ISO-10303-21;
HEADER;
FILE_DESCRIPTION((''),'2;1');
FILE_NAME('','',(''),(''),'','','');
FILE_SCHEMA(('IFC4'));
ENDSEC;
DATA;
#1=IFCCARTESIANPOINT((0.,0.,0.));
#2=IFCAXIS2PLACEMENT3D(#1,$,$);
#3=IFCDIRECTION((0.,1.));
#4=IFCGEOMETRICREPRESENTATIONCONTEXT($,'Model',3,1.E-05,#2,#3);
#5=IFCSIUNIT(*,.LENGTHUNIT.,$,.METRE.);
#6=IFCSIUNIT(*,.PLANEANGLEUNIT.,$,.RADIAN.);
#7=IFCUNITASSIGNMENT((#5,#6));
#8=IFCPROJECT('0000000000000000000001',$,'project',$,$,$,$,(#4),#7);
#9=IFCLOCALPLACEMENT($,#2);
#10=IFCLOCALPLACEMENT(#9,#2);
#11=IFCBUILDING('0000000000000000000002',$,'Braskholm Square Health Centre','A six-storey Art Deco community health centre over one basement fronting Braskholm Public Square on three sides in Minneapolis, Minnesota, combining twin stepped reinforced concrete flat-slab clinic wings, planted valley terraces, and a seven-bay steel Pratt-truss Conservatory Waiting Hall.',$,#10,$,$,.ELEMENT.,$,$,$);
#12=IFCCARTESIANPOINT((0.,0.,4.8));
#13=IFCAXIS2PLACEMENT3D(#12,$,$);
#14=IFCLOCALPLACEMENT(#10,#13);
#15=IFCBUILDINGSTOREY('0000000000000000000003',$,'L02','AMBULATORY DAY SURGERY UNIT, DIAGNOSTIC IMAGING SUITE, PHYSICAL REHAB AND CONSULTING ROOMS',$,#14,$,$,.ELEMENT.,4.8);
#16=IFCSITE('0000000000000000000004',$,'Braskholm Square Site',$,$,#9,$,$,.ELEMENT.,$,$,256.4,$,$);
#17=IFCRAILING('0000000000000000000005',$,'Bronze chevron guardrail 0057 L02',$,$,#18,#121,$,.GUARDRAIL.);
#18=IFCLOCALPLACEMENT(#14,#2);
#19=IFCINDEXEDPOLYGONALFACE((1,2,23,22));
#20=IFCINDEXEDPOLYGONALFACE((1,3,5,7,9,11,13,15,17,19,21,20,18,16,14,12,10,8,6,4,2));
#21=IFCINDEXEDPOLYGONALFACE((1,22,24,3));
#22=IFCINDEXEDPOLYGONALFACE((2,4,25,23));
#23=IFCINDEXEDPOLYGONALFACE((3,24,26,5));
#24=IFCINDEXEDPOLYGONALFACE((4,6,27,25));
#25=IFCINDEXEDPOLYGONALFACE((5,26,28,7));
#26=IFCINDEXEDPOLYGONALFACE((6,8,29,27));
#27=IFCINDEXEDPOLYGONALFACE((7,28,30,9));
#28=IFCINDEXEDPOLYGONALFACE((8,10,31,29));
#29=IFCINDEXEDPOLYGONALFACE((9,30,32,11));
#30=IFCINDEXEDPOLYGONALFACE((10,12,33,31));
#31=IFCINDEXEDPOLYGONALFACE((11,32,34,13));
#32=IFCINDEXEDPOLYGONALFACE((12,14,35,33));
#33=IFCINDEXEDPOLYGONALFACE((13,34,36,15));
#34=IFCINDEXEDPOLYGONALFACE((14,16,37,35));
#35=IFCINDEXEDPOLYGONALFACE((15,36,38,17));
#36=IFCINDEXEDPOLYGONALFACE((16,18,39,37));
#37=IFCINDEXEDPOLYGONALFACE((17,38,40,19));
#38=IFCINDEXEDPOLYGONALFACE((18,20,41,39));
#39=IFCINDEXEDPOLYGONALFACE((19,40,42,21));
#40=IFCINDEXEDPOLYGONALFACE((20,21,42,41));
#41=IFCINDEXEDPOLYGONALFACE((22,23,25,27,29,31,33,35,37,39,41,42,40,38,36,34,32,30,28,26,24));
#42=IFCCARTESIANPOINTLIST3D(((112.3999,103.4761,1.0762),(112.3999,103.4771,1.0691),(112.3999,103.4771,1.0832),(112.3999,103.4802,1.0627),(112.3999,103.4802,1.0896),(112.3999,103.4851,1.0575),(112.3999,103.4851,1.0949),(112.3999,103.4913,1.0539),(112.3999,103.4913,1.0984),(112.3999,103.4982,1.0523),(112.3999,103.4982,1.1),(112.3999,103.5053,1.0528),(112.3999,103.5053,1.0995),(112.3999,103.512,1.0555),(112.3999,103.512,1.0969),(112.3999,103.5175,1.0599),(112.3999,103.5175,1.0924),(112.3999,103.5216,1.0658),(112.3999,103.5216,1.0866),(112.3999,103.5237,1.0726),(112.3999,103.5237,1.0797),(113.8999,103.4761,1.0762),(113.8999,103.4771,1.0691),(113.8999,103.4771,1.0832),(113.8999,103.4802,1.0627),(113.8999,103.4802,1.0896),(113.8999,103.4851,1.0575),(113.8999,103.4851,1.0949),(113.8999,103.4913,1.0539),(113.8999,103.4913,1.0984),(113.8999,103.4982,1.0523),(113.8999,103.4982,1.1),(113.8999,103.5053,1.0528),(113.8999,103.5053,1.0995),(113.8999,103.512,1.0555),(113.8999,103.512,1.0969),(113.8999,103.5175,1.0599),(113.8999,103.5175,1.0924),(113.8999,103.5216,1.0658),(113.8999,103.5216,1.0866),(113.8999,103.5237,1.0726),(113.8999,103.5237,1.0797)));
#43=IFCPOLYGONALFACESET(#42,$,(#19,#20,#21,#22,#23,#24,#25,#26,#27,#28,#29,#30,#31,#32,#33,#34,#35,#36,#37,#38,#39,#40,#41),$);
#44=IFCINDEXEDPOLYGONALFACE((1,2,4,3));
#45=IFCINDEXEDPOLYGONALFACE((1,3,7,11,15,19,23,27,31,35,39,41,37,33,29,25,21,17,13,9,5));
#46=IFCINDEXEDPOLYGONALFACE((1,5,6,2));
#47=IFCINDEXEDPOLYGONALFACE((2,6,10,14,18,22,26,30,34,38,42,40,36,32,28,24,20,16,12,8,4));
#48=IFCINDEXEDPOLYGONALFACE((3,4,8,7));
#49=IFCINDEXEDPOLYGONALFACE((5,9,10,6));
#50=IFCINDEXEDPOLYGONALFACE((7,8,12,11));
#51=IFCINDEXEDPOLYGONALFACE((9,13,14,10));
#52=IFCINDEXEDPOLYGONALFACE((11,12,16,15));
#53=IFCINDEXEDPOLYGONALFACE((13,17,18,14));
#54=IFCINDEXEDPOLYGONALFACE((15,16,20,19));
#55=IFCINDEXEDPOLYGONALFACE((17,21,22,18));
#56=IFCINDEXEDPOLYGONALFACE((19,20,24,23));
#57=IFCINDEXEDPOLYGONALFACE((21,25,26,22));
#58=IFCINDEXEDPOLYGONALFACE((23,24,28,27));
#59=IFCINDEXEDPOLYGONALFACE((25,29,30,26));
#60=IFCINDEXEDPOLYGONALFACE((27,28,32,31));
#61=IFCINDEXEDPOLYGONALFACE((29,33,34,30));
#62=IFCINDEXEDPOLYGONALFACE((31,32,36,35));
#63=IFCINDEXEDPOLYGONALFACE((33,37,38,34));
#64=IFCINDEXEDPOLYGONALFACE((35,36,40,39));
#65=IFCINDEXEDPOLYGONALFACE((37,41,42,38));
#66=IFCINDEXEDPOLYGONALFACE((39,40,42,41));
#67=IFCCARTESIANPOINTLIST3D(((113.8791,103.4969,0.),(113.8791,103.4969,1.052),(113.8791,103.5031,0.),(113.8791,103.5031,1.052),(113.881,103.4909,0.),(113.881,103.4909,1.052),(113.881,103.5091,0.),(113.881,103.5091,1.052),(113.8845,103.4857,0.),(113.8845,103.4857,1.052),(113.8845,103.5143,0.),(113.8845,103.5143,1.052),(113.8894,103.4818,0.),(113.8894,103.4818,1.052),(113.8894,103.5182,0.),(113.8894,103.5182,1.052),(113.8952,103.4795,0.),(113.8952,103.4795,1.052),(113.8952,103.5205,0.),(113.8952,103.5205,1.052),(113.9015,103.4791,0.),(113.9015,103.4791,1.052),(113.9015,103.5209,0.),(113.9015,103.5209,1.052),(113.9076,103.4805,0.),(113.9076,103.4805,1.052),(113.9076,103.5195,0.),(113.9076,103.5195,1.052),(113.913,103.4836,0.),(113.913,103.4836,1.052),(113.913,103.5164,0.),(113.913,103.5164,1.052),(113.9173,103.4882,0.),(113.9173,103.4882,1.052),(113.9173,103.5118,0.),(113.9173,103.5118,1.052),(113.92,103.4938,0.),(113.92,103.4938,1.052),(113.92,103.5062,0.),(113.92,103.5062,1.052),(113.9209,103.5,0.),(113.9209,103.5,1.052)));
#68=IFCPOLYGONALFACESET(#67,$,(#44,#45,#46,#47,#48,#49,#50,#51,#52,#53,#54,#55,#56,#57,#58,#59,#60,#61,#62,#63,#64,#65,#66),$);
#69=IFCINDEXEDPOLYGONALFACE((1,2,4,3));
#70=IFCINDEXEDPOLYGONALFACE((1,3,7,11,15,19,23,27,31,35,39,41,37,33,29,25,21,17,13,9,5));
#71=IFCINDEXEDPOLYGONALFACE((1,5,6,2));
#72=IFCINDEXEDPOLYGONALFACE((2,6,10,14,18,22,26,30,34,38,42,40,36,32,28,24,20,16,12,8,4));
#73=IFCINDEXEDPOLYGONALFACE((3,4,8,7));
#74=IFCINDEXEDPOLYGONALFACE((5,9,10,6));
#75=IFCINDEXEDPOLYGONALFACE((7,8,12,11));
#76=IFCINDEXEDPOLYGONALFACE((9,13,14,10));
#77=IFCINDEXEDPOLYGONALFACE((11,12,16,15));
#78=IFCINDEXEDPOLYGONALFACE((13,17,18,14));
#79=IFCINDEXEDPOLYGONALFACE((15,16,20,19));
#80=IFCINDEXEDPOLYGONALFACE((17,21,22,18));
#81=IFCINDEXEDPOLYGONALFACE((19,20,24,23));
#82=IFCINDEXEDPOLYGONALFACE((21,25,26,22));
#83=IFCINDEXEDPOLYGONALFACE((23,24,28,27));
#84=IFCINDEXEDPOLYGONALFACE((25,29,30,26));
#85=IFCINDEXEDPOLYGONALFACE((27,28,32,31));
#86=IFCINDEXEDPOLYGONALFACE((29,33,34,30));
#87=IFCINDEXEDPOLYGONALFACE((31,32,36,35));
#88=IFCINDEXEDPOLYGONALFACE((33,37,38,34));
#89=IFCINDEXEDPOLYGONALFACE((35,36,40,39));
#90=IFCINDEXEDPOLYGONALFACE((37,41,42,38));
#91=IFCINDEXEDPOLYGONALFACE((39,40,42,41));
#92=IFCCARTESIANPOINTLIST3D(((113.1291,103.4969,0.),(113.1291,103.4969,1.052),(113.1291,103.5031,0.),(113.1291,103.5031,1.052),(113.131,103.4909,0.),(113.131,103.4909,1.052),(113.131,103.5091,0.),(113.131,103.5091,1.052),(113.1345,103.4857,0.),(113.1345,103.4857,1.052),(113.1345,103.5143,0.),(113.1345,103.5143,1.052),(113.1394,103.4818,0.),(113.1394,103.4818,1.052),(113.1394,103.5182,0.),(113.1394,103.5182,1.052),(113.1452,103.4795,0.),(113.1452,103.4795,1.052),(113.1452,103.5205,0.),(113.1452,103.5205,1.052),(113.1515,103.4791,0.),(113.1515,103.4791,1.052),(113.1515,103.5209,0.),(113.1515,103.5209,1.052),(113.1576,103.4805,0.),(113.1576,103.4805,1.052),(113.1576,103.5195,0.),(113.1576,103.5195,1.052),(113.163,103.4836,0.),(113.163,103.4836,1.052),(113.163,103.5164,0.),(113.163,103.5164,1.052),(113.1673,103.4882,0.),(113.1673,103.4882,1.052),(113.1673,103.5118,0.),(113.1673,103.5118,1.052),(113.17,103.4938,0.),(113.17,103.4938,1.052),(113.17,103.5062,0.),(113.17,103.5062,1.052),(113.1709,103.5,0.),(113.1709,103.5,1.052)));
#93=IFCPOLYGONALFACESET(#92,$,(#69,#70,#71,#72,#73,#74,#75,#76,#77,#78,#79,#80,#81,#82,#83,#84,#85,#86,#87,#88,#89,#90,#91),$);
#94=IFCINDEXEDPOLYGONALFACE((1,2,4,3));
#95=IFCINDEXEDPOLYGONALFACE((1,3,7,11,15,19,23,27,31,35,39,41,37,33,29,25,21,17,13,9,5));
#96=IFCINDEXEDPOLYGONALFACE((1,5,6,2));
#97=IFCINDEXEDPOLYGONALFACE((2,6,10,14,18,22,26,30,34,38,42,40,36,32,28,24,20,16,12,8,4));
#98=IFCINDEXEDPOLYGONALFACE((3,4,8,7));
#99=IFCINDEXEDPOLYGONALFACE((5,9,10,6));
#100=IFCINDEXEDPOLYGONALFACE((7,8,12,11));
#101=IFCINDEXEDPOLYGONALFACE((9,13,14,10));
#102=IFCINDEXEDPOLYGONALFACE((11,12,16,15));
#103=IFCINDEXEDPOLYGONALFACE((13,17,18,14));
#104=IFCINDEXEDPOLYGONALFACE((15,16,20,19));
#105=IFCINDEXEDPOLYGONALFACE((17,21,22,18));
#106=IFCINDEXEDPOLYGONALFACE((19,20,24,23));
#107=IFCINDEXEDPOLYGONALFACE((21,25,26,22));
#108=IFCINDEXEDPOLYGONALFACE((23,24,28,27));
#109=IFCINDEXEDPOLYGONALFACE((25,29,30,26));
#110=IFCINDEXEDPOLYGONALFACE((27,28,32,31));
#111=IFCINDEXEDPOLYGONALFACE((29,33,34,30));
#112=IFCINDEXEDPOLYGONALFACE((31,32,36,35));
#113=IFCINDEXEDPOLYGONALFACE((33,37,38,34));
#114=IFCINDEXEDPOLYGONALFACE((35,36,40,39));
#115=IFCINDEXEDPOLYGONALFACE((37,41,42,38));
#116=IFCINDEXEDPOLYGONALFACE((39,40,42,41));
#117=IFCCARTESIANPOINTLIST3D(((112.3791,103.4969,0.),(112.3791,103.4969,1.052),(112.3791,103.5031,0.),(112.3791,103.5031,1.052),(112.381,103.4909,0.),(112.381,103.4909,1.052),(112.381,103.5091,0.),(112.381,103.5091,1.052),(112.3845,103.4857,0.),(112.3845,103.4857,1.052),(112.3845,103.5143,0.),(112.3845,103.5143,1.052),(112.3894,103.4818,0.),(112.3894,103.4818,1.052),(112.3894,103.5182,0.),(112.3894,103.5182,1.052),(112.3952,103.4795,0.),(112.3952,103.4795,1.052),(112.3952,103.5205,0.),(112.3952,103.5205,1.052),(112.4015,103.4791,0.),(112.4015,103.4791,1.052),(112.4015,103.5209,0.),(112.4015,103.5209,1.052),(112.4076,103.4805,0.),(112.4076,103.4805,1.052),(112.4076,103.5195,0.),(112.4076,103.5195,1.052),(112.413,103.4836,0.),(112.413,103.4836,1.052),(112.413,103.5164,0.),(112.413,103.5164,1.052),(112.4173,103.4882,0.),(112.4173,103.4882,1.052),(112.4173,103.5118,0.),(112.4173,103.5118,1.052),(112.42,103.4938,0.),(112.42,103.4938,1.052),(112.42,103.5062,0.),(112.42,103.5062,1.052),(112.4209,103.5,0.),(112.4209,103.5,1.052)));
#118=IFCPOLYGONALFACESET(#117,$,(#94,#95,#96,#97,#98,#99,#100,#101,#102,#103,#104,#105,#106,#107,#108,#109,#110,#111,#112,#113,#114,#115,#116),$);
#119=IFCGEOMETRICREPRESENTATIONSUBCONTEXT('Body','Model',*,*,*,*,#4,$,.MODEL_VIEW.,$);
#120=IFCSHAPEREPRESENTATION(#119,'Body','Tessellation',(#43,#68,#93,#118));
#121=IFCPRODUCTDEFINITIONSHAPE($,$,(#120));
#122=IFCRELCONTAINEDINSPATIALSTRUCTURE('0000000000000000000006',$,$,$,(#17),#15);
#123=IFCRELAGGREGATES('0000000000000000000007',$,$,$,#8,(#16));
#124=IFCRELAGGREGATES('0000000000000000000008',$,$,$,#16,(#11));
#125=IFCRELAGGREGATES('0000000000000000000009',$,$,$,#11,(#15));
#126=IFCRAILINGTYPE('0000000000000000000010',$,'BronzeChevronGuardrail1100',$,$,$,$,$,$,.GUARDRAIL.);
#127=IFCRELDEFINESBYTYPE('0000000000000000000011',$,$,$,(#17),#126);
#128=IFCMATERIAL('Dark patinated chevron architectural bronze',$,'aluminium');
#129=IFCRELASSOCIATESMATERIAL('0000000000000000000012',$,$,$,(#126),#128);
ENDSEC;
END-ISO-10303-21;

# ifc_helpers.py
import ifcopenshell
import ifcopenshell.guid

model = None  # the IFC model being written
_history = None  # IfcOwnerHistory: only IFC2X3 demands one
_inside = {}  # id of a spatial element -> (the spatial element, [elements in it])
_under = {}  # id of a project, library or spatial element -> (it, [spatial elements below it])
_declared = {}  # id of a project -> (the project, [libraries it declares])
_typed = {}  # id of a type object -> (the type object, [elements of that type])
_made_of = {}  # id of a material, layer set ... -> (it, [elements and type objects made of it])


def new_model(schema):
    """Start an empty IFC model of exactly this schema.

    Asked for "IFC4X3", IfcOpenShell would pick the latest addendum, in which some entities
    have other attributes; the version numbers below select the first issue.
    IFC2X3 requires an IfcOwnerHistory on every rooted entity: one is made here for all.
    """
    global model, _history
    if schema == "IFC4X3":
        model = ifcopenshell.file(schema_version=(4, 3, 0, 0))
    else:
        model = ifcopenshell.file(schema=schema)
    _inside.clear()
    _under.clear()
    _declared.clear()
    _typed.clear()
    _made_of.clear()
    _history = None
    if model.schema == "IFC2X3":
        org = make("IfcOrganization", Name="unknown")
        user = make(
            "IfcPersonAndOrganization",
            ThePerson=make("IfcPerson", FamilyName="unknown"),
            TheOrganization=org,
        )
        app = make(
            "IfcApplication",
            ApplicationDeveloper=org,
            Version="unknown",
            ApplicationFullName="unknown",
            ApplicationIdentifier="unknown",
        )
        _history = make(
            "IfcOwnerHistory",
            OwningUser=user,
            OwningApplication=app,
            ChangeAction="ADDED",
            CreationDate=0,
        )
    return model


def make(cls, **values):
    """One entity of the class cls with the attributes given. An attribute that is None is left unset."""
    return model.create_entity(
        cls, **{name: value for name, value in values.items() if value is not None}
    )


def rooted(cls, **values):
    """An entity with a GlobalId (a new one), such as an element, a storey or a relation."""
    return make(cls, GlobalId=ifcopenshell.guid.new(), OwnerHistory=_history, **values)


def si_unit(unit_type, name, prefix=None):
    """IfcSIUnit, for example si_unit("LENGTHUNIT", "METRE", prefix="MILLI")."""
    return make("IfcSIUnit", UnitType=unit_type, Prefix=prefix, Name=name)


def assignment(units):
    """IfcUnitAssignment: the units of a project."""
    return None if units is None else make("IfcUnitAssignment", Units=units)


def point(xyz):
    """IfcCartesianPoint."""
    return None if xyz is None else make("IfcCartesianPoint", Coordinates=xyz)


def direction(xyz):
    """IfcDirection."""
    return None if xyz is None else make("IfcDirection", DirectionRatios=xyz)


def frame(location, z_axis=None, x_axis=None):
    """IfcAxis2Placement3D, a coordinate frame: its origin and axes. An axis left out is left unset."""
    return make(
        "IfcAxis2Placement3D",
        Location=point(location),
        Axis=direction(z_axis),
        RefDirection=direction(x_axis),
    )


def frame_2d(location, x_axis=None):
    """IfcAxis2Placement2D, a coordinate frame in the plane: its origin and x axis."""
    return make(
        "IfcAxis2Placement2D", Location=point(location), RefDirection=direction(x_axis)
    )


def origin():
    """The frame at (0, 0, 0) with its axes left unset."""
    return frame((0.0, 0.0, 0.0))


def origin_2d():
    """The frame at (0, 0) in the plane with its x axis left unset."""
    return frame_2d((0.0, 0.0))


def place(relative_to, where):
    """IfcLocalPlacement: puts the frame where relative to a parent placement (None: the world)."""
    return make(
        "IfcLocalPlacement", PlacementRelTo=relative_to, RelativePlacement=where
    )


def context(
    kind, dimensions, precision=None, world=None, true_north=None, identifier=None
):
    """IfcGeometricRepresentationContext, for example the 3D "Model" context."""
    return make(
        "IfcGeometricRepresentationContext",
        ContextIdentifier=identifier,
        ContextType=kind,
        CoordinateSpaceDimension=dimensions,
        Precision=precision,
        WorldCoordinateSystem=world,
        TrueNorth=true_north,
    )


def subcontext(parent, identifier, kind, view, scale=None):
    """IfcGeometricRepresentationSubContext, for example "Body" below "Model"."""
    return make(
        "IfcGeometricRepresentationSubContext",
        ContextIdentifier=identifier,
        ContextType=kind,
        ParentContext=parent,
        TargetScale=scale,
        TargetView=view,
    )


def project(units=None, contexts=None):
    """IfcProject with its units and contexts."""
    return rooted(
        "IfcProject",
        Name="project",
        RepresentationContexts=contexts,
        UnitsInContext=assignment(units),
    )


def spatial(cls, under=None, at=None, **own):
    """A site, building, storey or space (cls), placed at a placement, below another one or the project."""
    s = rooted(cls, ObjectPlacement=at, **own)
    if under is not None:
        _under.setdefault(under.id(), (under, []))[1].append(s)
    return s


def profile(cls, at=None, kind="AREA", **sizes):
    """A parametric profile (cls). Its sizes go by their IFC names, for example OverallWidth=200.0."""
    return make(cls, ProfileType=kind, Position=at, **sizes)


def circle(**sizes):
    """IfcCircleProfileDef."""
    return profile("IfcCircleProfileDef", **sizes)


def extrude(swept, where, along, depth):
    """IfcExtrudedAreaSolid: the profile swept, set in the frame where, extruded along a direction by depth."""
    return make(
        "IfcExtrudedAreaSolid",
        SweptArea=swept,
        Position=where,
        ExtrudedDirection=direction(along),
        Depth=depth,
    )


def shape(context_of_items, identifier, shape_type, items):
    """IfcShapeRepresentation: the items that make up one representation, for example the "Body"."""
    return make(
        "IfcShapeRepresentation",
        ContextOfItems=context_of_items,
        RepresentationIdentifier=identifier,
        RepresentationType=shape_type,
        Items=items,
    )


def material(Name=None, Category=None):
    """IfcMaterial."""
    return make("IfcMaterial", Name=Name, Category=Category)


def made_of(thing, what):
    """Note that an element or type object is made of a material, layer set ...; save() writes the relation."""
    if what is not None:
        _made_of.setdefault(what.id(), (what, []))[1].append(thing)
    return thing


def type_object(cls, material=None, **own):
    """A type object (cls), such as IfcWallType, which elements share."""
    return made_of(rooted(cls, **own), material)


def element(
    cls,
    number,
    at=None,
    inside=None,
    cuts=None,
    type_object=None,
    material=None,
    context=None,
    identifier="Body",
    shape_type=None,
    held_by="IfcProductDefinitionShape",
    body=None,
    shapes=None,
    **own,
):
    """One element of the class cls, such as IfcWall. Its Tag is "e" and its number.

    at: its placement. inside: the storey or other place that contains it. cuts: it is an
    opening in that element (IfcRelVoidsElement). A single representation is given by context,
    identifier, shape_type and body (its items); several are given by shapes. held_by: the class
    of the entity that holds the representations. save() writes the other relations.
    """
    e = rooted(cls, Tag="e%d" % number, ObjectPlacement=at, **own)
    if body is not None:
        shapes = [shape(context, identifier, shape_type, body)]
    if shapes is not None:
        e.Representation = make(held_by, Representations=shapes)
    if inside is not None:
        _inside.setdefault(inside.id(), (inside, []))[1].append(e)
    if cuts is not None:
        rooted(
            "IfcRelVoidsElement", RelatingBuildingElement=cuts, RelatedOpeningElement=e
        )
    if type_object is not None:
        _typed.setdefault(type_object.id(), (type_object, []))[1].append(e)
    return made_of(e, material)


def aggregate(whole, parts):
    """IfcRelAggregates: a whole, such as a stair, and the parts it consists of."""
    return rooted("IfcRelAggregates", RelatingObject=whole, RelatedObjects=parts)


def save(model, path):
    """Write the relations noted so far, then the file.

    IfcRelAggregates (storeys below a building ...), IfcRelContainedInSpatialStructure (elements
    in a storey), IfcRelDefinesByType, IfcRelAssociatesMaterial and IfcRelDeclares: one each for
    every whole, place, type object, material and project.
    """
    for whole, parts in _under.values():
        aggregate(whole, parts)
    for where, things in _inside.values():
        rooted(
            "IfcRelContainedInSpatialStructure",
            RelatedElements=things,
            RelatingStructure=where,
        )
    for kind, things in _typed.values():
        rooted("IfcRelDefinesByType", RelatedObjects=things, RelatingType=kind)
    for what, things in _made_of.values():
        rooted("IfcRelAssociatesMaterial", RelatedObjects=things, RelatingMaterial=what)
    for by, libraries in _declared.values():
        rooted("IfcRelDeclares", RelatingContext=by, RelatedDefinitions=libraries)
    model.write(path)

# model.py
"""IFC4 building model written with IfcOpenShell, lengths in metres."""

from ifc_helpers import new_model, si_unit, direction, frame, origin, origin_2d, place, context, subcontext, project, spatial, circle, extrude, material, type_object, element, save


model = new_model("IFC4")

# Units and contexts
model_context = context("Model", 3, precision=1e-05, world=origin(), true_north=direction((0.0, 1.0)))
body_context = subcontext(model_context, "Body", "Model", "MODEL_VIEW")
ifc_project = project(units=[si_unit("LENGTHUNIT", "METRE"), si_unit("PLANEANGLEUNIT", "RADIAN")], contexts=[model_context])

# Site, building, storey
site_placement = place(None, origin())
site = spatial("IfcSite", under=ifc_project, at=site_placement, Name="Braskholm Square Site", CompositionType="ELEMENT", RefElevation=256.4)
building_placement = place(site_placement, origin())
building = spatial("IfcBuilding", under=site, at=building_placement, Name="Braskholm Square Health Centre", Description="A six-storey Art Deco community health centre over one basement fronting Braskholm Public Square on three sides in Minneapolis, Minnesota, combining twin stepped reinforced concrete flat-slab clinic wings, planted valley terraces, and a seven-bay steel Pratt-truss Conservatory Waiting Hall.", CompositionType="ELEMENT")
storey_placement = place(building_placement, frame((0.0, 0.0, 4.8)))
storey = spatial("IfcBuildingStorey", under=building, at=storey_placement, Name="L02", Description="AMBULATORY DAY SURGERY UNIT, DIAGNOSTIC IMAGING SUITE, PHYSICAL REHAB AND CONSULTING ROOMS", CompositionType="ELEMENT", Elevation=4.8)

# Railing
ifc_material_1 = material(Name="Dark patinated chevron architectural bronze", Category="aluminium")
railing_type = type_object("IfcRailingType", Name="BronzeChevronGuardrail1100", PredefinedType="GUARDRAIL", material=ifc_material_1)
railing_1_placement = place(storey_placement, frame((113.8999, 103.5, 0.0)))
element("IfcRailing", 1, at=railing_1_placement, inside=storey, type_object=railing_type, Name="Bronze chevron guardrail 0057 L02", PredefinedType="GUARDRAIL", context=body_context, shape_type="SweptSolid", body=[
    extrude(circle(Radius=0.0239, at=origin_2d()), frame((0.0, 0.0, 1.0762), z_axis=(-1.0, 0.0, 0.0), x_axis=(0.0, -1.0, 0.0)), (0.0, 0.0, 1.0), 1.5),
    extrude(circle(Radius=0.021, at=origin_2d()), origin(), (0.0, 0.0, 1.0), 1.052),
    extrude(circle(Radius=0.021, at=origin_2d()), frame((-0.75, 0.0, 0.0)), (0.0, 0.0, 1.0), 1.052),
    extrude(circle(Radius=0.021, at=origin_2d()), frame((-1.5, 0.0, 0.0)), (0.0, 0.0, 1.0), 1.052),
])

save(model, "model.ifc")
